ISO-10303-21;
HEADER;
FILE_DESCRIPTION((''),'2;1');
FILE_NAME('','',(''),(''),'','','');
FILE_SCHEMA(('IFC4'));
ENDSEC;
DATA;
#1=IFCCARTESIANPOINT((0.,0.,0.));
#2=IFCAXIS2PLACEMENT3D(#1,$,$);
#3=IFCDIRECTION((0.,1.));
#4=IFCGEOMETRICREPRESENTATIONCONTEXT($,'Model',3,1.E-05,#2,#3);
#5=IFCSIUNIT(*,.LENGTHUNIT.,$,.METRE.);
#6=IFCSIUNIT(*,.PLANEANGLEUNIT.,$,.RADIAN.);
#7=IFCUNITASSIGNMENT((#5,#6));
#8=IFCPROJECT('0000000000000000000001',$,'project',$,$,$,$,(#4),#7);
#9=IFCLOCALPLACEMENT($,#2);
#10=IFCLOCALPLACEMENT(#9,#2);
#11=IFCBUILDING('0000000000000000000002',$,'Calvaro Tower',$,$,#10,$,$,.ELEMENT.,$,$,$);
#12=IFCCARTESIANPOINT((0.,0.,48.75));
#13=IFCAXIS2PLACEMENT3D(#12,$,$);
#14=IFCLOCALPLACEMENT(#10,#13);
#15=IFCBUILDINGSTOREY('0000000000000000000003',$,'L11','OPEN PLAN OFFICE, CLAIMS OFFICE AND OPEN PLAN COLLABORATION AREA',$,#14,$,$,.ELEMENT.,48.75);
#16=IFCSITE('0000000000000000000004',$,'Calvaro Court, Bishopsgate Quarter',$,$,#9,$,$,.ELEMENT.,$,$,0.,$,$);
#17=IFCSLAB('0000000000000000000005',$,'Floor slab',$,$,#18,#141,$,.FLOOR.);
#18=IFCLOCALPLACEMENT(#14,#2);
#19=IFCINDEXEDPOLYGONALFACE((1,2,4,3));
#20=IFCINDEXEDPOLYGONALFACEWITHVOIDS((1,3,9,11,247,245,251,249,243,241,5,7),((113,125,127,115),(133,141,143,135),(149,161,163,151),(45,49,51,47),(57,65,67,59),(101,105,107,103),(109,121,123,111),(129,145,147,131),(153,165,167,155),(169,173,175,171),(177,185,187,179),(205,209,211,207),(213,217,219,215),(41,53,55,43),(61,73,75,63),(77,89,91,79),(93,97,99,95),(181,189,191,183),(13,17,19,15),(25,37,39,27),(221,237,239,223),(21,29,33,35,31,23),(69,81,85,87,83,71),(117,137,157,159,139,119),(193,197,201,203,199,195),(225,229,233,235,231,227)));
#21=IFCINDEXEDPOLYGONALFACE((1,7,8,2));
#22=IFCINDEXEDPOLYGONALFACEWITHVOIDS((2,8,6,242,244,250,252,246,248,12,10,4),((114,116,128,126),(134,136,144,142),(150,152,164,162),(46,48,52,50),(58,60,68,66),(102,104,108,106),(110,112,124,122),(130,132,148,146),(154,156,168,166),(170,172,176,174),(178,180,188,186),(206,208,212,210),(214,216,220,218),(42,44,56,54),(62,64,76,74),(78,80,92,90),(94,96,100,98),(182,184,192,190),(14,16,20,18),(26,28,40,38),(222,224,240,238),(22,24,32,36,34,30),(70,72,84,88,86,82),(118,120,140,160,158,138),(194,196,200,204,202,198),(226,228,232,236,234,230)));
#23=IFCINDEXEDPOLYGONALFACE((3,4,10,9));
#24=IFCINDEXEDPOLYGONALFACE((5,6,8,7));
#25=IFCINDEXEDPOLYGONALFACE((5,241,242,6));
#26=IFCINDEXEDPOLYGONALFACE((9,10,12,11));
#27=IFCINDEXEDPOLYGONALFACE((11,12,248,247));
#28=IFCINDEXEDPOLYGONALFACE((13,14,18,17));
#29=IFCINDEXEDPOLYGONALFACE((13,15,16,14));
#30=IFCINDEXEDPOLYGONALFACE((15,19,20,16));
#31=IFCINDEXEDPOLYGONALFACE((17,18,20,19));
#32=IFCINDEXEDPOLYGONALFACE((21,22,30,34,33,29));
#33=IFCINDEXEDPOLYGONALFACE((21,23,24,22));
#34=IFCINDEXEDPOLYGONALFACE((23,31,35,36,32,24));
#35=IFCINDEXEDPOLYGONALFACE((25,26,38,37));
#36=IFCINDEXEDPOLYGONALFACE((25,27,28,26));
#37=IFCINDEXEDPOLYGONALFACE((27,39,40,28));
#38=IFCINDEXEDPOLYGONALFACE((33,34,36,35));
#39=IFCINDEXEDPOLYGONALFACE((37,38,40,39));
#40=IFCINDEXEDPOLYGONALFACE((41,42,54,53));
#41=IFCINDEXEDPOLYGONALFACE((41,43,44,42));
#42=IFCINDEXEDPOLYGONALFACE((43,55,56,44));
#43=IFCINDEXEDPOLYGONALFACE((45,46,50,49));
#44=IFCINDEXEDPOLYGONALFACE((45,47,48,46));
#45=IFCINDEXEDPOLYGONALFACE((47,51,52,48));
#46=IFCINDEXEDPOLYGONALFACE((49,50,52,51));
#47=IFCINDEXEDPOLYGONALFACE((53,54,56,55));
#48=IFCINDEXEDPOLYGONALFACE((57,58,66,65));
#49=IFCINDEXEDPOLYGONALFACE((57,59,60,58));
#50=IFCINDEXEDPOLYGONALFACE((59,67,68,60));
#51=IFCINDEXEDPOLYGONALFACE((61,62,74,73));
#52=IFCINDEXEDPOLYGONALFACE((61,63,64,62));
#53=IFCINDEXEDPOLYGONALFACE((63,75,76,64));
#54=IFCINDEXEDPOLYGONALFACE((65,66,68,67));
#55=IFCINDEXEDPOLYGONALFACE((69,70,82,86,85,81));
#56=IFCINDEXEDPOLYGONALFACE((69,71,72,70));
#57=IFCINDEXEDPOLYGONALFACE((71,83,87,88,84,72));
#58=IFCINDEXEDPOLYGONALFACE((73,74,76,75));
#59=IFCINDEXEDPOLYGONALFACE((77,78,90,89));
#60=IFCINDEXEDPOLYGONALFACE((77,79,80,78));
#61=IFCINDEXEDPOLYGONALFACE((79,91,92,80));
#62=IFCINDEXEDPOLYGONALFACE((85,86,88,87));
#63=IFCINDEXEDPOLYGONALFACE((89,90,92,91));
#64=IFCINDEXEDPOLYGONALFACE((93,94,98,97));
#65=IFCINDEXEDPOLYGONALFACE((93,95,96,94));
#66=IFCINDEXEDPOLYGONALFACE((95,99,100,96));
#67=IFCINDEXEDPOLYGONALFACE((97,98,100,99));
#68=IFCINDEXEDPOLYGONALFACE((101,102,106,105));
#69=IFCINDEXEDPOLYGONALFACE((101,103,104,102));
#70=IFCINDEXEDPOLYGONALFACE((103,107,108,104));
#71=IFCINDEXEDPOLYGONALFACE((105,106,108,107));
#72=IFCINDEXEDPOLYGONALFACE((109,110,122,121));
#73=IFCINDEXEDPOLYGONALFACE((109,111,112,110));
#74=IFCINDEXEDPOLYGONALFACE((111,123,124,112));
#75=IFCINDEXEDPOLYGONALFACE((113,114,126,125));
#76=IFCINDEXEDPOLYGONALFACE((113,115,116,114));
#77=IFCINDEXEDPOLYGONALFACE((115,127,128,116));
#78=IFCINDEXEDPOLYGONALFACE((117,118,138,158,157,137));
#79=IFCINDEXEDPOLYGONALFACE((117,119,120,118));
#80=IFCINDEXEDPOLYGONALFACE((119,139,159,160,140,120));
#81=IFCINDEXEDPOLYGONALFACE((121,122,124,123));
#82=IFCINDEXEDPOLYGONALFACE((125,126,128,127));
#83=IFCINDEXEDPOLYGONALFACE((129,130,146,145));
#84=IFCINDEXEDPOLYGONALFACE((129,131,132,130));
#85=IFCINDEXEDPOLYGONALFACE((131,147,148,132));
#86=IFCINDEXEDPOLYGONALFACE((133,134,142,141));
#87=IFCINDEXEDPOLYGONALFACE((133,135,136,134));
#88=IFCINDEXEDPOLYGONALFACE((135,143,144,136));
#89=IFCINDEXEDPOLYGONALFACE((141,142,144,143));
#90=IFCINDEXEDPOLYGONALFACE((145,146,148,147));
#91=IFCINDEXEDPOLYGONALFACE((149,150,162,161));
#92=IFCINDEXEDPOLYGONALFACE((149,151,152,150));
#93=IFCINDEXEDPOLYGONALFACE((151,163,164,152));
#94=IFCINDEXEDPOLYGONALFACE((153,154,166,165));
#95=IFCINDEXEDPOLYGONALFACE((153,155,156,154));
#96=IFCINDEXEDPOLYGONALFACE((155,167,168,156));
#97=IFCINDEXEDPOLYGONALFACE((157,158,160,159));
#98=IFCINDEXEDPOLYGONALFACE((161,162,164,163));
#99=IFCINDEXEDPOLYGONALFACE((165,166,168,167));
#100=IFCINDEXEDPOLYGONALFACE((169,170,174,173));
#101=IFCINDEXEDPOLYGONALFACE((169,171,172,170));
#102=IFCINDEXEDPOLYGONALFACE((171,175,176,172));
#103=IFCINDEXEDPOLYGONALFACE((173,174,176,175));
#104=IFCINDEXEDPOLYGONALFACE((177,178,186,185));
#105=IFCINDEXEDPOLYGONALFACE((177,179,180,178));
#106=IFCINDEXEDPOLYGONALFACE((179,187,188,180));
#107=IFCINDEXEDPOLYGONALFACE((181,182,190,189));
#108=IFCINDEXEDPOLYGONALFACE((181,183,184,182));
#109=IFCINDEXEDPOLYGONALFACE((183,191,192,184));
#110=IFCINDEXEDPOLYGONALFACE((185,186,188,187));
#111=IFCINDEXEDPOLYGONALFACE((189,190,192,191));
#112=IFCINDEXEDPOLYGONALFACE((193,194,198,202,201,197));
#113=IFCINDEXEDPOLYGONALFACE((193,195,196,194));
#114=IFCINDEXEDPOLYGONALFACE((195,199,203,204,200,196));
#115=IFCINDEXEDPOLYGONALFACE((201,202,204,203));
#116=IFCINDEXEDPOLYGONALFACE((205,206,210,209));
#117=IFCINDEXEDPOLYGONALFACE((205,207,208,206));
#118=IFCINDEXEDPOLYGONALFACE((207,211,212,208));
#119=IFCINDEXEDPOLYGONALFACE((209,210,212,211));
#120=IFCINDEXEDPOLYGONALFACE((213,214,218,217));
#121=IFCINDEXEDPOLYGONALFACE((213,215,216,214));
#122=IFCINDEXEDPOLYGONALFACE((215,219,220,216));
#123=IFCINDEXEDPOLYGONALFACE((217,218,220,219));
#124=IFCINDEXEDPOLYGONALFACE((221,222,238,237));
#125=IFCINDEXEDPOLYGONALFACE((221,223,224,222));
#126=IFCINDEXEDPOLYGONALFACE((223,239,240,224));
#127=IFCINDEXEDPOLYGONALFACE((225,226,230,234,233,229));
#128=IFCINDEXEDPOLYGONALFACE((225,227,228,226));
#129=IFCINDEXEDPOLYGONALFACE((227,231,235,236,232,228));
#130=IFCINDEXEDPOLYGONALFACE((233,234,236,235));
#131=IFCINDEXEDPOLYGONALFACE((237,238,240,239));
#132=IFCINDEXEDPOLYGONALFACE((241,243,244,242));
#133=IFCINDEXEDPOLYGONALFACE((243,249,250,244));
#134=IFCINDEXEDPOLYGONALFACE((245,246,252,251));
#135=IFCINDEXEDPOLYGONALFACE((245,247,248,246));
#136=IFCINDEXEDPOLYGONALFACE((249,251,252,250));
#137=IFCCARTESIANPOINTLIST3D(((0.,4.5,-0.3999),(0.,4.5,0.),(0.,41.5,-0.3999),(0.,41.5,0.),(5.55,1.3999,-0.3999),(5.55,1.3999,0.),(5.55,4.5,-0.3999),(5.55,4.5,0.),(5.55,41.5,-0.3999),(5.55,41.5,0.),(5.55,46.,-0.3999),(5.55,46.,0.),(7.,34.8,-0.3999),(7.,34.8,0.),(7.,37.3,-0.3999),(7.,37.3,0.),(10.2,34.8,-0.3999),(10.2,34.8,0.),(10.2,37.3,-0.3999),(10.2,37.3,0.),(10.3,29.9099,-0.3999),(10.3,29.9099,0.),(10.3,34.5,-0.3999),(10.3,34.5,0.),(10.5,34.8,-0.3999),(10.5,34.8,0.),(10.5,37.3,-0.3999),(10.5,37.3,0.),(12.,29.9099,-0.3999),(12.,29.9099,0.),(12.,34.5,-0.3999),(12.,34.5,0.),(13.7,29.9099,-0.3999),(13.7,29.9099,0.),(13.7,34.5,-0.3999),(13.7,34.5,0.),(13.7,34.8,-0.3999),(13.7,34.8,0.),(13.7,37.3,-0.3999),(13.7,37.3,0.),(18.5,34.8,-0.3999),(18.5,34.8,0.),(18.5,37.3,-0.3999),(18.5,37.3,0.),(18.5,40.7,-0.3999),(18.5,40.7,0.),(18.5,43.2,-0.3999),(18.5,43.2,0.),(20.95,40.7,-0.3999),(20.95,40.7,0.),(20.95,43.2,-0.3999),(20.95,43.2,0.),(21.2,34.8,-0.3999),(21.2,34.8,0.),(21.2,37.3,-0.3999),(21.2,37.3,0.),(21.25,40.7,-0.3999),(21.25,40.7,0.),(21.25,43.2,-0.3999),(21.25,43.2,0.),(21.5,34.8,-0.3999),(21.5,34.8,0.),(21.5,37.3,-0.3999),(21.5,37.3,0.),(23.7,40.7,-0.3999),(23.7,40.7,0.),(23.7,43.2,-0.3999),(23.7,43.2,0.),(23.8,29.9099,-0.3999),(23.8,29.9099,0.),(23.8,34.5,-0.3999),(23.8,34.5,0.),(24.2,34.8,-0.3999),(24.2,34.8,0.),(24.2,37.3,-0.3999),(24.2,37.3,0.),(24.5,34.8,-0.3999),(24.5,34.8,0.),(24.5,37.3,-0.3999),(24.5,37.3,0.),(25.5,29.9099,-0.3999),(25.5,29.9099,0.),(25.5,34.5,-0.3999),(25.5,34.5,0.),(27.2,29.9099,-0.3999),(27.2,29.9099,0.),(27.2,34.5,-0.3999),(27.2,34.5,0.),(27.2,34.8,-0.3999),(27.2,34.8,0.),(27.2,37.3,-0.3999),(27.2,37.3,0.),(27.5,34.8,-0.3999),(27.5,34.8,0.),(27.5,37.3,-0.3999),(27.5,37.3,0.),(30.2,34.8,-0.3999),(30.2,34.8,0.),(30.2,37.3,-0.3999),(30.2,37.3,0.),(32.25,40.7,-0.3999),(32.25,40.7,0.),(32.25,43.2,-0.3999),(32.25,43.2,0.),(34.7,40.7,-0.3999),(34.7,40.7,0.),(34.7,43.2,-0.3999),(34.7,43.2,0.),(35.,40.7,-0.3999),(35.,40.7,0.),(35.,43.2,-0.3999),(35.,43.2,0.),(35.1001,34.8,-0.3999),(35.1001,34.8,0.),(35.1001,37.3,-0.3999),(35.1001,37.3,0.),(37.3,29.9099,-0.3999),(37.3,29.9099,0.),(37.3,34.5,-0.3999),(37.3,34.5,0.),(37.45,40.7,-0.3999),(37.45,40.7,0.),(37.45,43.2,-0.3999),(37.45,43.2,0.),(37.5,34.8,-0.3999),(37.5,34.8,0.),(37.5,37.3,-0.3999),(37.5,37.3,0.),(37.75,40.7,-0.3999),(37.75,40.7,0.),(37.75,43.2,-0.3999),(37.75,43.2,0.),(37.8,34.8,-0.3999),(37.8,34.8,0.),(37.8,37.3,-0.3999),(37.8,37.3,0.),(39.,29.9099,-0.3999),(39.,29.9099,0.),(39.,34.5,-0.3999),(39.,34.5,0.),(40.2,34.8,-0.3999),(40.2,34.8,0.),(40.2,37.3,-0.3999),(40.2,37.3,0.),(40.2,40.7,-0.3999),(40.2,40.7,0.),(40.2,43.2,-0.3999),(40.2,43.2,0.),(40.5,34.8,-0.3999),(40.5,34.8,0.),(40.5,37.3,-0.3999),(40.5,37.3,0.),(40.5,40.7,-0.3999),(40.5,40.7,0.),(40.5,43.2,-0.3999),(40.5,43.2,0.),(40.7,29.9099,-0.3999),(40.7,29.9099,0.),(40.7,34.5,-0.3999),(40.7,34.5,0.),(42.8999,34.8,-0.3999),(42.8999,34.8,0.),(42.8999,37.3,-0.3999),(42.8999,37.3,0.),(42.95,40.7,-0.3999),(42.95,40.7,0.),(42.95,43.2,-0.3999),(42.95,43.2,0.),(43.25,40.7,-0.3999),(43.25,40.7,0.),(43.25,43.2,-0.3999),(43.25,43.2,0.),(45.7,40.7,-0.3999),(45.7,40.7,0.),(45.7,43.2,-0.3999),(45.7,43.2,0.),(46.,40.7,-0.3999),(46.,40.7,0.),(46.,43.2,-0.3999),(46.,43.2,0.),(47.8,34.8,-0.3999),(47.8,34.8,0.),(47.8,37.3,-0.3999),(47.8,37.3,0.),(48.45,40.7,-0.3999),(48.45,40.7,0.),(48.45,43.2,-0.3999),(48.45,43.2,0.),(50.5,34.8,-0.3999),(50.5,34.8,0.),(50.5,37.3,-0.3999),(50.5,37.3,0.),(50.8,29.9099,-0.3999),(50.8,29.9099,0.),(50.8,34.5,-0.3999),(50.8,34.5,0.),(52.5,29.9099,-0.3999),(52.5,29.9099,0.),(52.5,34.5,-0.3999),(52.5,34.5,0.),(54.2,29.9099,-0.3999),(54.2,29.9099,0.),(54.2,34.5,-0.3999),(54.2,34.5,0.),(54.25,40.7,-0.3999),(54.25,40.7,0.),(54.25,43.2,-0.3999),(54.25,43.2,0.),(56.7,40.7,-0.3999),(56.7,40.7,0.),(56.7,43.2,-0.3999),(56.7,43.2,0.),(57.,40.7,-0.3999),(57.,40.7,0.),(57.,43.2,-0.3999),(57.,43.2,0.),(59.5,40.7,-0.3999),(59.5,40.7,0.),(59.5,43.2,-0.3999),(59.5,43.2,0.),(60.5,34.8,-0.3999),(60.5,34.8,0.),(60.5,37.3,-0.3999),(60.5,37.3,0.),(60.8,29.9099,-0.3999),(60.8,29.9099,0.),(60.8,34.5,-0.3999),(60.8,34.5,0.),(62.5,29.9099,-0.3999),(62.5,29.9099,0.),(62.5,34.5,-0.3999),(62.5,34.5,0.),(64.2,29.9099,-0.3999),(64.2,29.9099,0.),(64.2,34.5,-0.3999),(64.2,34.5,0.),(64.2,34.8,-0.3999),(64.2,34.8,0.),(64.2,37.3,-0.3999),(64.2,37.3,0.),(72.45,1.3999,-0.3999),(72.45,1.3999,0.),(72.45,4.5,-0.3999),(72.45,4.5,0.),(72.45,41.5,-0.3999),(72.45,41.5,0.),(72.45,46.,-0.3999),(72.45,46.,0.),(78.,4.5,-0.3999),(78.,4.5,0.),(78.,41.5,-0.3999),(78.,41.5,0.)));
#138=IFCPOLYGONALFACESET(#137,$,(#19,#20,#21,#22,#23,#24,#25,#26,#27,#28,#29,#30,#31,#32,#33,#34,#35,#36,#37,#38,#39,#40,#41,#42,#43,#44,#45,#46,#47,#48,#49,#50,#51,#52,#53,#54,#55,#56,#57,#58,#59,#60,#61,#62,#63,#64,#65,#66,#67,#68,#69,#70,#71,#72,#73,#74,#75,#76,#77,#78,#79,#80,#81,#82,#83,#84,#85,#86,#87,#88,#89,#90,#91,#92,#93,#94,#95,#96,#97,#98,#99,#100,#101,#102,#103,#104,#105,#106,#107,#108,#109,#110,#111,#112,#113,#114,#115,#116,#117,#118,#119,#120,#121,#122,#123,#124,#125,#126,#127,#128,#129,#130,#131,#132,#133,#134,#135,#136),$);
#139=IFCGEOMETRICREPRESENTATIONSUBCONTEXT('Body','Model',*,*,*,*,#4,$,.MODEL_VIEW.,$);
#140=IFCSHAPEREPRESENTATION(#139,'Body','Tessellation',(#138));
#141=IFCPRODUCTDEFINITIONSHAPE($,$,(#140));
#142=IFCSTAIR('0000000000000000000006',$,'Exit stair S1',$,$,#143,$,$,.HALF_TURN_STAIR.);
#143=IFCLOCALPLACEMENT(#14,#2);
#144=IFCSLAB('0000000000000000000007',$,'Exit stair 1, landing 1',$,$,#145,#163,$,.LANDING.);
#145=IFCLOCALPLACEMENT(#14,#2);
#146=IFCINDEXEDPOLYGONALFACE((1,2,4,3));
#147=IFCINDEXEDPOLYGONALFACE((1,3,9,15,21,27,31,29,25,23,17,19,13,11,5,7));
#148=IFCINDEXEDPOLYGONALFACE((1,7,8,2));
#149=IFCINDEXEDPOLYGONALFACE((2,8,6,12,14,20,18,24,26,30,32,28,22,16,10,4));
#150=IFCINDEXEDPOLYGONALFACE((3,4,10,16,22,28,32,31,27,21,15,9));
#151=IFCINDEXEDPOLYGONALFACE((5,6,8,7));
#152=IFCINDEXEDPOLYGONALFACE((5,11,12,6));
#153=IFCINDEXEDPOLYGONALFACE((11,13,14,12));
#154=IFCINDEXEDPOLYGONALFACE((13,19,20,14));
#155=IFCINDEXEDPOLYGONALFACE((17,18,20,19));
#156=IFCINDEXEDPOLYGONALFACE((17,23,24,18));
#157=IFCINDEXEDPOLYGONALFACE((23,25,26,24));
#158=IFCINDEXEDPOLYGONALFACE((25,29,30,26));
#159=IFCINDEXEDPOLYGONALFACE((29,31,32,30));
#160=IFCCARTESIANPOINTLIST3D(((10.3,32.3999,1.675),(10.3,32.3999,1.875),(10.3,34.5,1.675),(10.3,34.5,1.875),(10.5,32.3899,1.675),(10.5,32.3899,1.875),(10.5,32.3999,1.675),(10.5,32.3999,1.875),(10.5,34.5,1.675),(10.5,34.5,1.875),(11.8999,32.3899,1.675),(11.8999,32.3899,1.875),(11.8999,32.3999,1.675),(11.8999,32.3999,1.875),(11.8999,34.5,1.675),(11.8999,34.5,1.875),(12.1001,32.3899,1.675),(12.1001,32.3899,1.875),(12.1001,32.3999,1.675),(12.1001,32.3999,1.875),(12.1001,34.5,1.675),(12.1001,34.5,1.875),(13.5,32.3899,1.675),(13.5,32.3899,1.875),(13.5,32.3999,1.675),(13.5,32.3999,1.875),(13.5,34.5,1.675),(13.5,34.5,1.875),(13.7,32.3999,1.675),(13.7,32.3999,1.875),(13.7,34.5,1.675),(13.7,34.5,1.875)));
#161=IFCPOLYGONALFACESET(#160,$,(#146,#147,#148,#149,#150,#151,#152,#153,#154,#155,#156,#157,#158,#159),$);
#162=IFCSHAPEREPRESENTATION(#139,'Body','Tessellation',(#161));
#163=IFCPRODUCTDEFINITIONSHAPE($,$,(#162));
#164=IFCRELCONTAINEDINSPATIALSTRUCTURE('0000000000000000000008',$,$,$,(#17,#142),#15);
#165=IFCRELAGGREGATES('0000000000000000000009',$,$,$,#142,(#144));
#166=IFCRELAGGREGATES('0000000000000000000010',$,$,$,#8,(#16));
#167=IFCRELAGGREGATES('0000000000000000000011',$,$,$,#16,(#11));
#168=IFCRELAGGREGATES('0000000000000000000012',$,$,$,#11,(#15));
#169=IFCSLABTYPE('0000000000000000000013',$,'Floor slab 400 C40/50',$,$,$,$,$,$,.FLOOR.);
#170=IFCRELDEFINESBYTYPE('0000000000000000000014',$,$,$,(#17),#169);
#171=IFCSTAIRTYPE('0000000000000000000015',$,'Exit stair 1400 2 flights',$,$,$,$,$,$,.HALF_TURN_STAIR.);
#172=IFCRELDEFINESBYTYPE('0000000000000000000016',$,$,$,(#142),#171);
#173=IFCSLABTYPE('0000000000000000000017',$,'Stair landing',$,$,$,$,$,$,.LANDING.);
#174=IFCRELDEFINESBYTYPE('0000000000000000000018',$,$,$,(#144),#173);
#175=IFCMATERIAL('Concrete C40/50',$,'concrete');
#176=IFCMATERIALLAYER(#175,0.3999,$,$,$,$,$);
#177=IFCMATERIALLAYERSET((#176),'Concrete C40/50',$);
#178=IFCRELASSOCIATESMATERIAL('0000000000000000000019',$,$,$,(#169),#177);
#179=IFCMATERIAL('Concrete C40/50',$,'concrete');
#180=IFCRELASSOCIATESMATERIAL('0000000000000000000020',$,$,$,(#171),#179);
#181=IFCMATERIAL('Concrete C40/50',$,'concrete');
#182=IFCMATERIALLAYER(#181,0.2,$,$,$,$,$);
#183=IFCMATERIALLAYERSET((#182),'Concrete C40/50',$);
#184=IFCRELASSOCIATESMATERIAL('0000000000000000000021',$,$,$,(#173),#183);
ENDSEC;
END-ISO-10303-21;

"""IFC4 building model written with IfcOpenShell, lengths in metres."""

from ifc_helpers import new_model, si_unit, direction, frame, origin, place, context, subcontext, project, spatial, polyline, outline, extrude, material, layer, layer_set, type_object, element, aggregate, save


model = new_model("IFC4")

# Units and contexts
model_context = context("Model", 3, precision=1e-05, world=origin(), true_north=direction((0.0, 1.0)))
body_context = subcontext(model_context, "Body", "Model", "MODEL_VIEW")
ifc_project = project(units=[si_unit("LENGTHUNIT", "METRE"), si_unit("PLANEANGLEUNIT", "RADIAN")], contexts=[model_context])

# Site, building, storey
site_placement = place(None, origin())
site = spatial("IfcSite", under=ifc_project, at=site_placement, Name="Calvaro Court, Bishopsgate Quarter", CompositionType="ELEMENT", RefElevation=0.0)
building_placement = place(site_placement, origin())
building = spatial("IfcBuilding", under=site, at=building_placement, Name="Calvaro Tower", CompositionType="ELEMENT")
storey_placement = place(building_placement, frame((0.0, 0.0, 48.75)))
storey = spatial("IfcBuildingStorey", under=building, at=storey_placement, Name="L11", Description="OPEN PLAN OFFICE, CLAIMS OFFICE AND OPEN PLAN COLLABORATION AREA", CompositionType="ELEMENT", Elevation=48.75)

# Slab
ifc_material_1 = material(Name="Concrete C40/50", Category="concrete")
ifc_layer_1 = layer(ifc_material_1, 0.3999)
ifc_layer_set_1 = layer_set([ifc_layer_1], Name="Concrete C40/50")
slab_type_1 = type_object("IfcSlabType", Name="Floor slab 400 C40/50", PredefinedType="FLOOR", material=ifc_layer_set_1)
slab_1_placement = place(storey_placement, frame((0.0, 0.0, -0.3999)))
element("IfcSlab", 1, at=slab_1_placement, inside=storey, type_object=slab_type_1, Name="Floor slab", PredefinedType="FLOOR", context=body_context, shape_type="SweptSolid", body=[
    extrude(outline(polyline([(72.45, 4.5), (72.45, 1.3999), (5.55, 1.3999), (5.55, 4.5), (0.0, 4.5), (0.0, 41.5), (5.55, 41.5), (5.55, 46.0), (72.45, 46.0), (72.45, 41.5), (78.0, 41.5), (78.0, 4.5), (72.45, 4.5)]), holes=[polyline([(10.3, 29.9099), (10.3, 34.5), (12.0, 34.5), (13.7, 34.5), (13.7, 29.9099), (12.0, 29.9099), (10.3, 29.9099)]), polyline([(23.8, 29.9099), (23.8, 34.5), (25.5, 34.5), (27.2, 34.5), (27.2, 29.9099), (25.5, 29.9099), (23.8, 29.9099)]), polyline([(37.3, 29.9099), (37.3, 34.5), (39.0, 34.5), (40.7, 34.5), (40.7, 29.9099), (39.0, 29.9099), (37.3, 29.9099)]), polyline([(50.8, 29.9099), (50.8, 34.5), (52.5, 34.5), (54.2, 34.5), (54.2, 29.9099), (52.5, 29.9099), (50.8, 29.9099)]), polyline([(60.8, 29.9099), (60.8, 34.5), (62.5, 34.5), (64.2, 34.5), (64.2, 29.9099), (62.5, 29.9099), (60.8, 29.9099)]), polyline([(18.5, 34.8), (21.2, 34.8), (21.2, 37.3), (18.5, 37.3), (18.5, 34.8)]), polyline([(21.5, 34.8), (24.2, 34.8), (24.2, 37.3), (21.5, 37.3), (21.5, 34.8)]), polyline([(24.5, 34.8), (27.2, 34.8), (27.2, 37.3), (24.5, 37.3), (24.5, 34.8)]), polyline([(35.1001, 34.8), (37.5, 34.8), (37.5, 37.3), (35.1001, 37.3), (35.1001, 34.8)]), polyline([(37.8, 34.8), (40.2, 34.8), (40.2, 37.3), (37.8, 37.3), (37.8, 34.8)]), polyline([(40.5, 34.8), (42.8999, 34.8), (42.8999, 37.3), (40.5, 37.3), (40.5, 34.8)]), polyline([(18.5, 40.7), (20.95, 40.7), (20.95, 43.2), (18.5, 43.2), (18.5, 40.7)]), polyline([(21.25, 40.7), (23.7, 40.7), (23.7, 43.2), (21.25, 43.2), (21.25, 40.7)]), polyline([(32.25, 40.7), (34.7, 40.7), (34.7, 43.2), (32.25, 43.2), (32.25, 40.7)]), polyline([(35.0, 40.7), (37.45, 40.7), (37.45, 43.2), (35.0, 43.2), (35.0, 40.7)]), polyline([(37.75, 40.7), (40.2, 40.7), (40.2, 43.2), (37.75, 43.2), (37.75, 40.7)]), polyline([(40.5, 40.7), (42.95, 40.7), (42.95, 43.2), (40.5, 43.2), (40.5, 40.7)]), polyline([(43.25, 40.7), (45.7, 40.7), (45.7, 43.2), (43.25, 43.2), (43.25, 40.7)]), polyline([(46.0, 40.7), (48.45, 40.7), (48.45, 43.2), (46.0, 43.2), (46.0, 40.7)]), polyline([(54.25, 40.7), (56.7, 40.7), (56.7, 43.2), (54.25, 43.2), (54.25, 40.7)]), polyline([(57.0, 40.7), (59.5, 40.7), (59.5, 43.2), (57.0, 43.2), (57.0, 40.7)]), polyline([(7.0, 34.8), (10.2, 34.8), (10.2, 37.3), (7.0, 37.3), (7.0, 34.8)]), polyline([(10.5, 34.8), (13.7, 34.8), (13.7, 37.3), (10.5, 37.3), (10.5, 34.8)]), polyline([(60.5, 34.8), (64.2, 34.8), (64.2, 37.3), (60.5, 37.3), (60.5, 34.8)]), polyline([(27.5, 34.8), (30.2, 34.8), (30.2, 37.3), (27.5, 37.3), (27.5, 34.8)]), polyline([(47.8, 34.8), (50.5, 34.8), (50.5, 37.3), (47.8, 37.3), (47.8, 34.8)])]), origin(), (0.0, 0.0, 1.0), 0.3999),
])

# Stair, slab
ifc_material_2 = material(Name="Concrete C40/50", Category="concrete")
stair_type = type_object("IfcStairType", Name="Exit stair 1400 2 flights", PredefinedType="HALF_TURN_STAIR", material=ifc_material_2)
stair_1_placement = place(storey_placement, origin())
stair_1 = element("IfcStair", 2, at=stair_1_placement, inside=storey, type_object=stair_type, Name="Exit stair S1", PredefinedType="HALF_TURN_STAIR")
ifc_material_3 = material(Name="Concrete C40/50", Category="concrete")
ifc_layer_2 = layer(ifc_material_3, 0.2)
ifc_layer_set_2 = layer_set([ifc_layer_2], Name="Concrete C40/50")
slab_type_2 = type_object("IfcSlabType", Name="Stair landing", PredefinedType="LANDING", material=ifc_layer_set_2)
slab_2_placement = place(storey_placement, frame((0.0, 0.0, 1.675)))
slab_2 = element("IfcSlab", 3, at=slab_2_placement, type_object=slab_type_2, Name="Exit stair 1, landing 1", PredefinedType="LANDING", context=body_context, shape_type="SweptSolid", body=[
    extrude(outline(polyline([(11.8999, 32.3899), (10.5, 32.3899), (10.5, 32.3999), (10.3, 32.3999), (10.3, 34.5), (10.5, 34.5), (11.8999, 34.5), (12.1001, 34.5), (13.5, 34.5), (13.7, 34.5), (13.7, 32.3999), (13.5, 32.3999), (13.5, 32.3899), (12.1001, 32.3899), (12.1001, 32.3999), (11.8999, 32.3999), (11.8999, 32.3899)])), origin(), (0.0, 0.0, 1.0), 0.2),
])
aggregate(stair_1, [slab_2])

save(model, "model.ifc")
